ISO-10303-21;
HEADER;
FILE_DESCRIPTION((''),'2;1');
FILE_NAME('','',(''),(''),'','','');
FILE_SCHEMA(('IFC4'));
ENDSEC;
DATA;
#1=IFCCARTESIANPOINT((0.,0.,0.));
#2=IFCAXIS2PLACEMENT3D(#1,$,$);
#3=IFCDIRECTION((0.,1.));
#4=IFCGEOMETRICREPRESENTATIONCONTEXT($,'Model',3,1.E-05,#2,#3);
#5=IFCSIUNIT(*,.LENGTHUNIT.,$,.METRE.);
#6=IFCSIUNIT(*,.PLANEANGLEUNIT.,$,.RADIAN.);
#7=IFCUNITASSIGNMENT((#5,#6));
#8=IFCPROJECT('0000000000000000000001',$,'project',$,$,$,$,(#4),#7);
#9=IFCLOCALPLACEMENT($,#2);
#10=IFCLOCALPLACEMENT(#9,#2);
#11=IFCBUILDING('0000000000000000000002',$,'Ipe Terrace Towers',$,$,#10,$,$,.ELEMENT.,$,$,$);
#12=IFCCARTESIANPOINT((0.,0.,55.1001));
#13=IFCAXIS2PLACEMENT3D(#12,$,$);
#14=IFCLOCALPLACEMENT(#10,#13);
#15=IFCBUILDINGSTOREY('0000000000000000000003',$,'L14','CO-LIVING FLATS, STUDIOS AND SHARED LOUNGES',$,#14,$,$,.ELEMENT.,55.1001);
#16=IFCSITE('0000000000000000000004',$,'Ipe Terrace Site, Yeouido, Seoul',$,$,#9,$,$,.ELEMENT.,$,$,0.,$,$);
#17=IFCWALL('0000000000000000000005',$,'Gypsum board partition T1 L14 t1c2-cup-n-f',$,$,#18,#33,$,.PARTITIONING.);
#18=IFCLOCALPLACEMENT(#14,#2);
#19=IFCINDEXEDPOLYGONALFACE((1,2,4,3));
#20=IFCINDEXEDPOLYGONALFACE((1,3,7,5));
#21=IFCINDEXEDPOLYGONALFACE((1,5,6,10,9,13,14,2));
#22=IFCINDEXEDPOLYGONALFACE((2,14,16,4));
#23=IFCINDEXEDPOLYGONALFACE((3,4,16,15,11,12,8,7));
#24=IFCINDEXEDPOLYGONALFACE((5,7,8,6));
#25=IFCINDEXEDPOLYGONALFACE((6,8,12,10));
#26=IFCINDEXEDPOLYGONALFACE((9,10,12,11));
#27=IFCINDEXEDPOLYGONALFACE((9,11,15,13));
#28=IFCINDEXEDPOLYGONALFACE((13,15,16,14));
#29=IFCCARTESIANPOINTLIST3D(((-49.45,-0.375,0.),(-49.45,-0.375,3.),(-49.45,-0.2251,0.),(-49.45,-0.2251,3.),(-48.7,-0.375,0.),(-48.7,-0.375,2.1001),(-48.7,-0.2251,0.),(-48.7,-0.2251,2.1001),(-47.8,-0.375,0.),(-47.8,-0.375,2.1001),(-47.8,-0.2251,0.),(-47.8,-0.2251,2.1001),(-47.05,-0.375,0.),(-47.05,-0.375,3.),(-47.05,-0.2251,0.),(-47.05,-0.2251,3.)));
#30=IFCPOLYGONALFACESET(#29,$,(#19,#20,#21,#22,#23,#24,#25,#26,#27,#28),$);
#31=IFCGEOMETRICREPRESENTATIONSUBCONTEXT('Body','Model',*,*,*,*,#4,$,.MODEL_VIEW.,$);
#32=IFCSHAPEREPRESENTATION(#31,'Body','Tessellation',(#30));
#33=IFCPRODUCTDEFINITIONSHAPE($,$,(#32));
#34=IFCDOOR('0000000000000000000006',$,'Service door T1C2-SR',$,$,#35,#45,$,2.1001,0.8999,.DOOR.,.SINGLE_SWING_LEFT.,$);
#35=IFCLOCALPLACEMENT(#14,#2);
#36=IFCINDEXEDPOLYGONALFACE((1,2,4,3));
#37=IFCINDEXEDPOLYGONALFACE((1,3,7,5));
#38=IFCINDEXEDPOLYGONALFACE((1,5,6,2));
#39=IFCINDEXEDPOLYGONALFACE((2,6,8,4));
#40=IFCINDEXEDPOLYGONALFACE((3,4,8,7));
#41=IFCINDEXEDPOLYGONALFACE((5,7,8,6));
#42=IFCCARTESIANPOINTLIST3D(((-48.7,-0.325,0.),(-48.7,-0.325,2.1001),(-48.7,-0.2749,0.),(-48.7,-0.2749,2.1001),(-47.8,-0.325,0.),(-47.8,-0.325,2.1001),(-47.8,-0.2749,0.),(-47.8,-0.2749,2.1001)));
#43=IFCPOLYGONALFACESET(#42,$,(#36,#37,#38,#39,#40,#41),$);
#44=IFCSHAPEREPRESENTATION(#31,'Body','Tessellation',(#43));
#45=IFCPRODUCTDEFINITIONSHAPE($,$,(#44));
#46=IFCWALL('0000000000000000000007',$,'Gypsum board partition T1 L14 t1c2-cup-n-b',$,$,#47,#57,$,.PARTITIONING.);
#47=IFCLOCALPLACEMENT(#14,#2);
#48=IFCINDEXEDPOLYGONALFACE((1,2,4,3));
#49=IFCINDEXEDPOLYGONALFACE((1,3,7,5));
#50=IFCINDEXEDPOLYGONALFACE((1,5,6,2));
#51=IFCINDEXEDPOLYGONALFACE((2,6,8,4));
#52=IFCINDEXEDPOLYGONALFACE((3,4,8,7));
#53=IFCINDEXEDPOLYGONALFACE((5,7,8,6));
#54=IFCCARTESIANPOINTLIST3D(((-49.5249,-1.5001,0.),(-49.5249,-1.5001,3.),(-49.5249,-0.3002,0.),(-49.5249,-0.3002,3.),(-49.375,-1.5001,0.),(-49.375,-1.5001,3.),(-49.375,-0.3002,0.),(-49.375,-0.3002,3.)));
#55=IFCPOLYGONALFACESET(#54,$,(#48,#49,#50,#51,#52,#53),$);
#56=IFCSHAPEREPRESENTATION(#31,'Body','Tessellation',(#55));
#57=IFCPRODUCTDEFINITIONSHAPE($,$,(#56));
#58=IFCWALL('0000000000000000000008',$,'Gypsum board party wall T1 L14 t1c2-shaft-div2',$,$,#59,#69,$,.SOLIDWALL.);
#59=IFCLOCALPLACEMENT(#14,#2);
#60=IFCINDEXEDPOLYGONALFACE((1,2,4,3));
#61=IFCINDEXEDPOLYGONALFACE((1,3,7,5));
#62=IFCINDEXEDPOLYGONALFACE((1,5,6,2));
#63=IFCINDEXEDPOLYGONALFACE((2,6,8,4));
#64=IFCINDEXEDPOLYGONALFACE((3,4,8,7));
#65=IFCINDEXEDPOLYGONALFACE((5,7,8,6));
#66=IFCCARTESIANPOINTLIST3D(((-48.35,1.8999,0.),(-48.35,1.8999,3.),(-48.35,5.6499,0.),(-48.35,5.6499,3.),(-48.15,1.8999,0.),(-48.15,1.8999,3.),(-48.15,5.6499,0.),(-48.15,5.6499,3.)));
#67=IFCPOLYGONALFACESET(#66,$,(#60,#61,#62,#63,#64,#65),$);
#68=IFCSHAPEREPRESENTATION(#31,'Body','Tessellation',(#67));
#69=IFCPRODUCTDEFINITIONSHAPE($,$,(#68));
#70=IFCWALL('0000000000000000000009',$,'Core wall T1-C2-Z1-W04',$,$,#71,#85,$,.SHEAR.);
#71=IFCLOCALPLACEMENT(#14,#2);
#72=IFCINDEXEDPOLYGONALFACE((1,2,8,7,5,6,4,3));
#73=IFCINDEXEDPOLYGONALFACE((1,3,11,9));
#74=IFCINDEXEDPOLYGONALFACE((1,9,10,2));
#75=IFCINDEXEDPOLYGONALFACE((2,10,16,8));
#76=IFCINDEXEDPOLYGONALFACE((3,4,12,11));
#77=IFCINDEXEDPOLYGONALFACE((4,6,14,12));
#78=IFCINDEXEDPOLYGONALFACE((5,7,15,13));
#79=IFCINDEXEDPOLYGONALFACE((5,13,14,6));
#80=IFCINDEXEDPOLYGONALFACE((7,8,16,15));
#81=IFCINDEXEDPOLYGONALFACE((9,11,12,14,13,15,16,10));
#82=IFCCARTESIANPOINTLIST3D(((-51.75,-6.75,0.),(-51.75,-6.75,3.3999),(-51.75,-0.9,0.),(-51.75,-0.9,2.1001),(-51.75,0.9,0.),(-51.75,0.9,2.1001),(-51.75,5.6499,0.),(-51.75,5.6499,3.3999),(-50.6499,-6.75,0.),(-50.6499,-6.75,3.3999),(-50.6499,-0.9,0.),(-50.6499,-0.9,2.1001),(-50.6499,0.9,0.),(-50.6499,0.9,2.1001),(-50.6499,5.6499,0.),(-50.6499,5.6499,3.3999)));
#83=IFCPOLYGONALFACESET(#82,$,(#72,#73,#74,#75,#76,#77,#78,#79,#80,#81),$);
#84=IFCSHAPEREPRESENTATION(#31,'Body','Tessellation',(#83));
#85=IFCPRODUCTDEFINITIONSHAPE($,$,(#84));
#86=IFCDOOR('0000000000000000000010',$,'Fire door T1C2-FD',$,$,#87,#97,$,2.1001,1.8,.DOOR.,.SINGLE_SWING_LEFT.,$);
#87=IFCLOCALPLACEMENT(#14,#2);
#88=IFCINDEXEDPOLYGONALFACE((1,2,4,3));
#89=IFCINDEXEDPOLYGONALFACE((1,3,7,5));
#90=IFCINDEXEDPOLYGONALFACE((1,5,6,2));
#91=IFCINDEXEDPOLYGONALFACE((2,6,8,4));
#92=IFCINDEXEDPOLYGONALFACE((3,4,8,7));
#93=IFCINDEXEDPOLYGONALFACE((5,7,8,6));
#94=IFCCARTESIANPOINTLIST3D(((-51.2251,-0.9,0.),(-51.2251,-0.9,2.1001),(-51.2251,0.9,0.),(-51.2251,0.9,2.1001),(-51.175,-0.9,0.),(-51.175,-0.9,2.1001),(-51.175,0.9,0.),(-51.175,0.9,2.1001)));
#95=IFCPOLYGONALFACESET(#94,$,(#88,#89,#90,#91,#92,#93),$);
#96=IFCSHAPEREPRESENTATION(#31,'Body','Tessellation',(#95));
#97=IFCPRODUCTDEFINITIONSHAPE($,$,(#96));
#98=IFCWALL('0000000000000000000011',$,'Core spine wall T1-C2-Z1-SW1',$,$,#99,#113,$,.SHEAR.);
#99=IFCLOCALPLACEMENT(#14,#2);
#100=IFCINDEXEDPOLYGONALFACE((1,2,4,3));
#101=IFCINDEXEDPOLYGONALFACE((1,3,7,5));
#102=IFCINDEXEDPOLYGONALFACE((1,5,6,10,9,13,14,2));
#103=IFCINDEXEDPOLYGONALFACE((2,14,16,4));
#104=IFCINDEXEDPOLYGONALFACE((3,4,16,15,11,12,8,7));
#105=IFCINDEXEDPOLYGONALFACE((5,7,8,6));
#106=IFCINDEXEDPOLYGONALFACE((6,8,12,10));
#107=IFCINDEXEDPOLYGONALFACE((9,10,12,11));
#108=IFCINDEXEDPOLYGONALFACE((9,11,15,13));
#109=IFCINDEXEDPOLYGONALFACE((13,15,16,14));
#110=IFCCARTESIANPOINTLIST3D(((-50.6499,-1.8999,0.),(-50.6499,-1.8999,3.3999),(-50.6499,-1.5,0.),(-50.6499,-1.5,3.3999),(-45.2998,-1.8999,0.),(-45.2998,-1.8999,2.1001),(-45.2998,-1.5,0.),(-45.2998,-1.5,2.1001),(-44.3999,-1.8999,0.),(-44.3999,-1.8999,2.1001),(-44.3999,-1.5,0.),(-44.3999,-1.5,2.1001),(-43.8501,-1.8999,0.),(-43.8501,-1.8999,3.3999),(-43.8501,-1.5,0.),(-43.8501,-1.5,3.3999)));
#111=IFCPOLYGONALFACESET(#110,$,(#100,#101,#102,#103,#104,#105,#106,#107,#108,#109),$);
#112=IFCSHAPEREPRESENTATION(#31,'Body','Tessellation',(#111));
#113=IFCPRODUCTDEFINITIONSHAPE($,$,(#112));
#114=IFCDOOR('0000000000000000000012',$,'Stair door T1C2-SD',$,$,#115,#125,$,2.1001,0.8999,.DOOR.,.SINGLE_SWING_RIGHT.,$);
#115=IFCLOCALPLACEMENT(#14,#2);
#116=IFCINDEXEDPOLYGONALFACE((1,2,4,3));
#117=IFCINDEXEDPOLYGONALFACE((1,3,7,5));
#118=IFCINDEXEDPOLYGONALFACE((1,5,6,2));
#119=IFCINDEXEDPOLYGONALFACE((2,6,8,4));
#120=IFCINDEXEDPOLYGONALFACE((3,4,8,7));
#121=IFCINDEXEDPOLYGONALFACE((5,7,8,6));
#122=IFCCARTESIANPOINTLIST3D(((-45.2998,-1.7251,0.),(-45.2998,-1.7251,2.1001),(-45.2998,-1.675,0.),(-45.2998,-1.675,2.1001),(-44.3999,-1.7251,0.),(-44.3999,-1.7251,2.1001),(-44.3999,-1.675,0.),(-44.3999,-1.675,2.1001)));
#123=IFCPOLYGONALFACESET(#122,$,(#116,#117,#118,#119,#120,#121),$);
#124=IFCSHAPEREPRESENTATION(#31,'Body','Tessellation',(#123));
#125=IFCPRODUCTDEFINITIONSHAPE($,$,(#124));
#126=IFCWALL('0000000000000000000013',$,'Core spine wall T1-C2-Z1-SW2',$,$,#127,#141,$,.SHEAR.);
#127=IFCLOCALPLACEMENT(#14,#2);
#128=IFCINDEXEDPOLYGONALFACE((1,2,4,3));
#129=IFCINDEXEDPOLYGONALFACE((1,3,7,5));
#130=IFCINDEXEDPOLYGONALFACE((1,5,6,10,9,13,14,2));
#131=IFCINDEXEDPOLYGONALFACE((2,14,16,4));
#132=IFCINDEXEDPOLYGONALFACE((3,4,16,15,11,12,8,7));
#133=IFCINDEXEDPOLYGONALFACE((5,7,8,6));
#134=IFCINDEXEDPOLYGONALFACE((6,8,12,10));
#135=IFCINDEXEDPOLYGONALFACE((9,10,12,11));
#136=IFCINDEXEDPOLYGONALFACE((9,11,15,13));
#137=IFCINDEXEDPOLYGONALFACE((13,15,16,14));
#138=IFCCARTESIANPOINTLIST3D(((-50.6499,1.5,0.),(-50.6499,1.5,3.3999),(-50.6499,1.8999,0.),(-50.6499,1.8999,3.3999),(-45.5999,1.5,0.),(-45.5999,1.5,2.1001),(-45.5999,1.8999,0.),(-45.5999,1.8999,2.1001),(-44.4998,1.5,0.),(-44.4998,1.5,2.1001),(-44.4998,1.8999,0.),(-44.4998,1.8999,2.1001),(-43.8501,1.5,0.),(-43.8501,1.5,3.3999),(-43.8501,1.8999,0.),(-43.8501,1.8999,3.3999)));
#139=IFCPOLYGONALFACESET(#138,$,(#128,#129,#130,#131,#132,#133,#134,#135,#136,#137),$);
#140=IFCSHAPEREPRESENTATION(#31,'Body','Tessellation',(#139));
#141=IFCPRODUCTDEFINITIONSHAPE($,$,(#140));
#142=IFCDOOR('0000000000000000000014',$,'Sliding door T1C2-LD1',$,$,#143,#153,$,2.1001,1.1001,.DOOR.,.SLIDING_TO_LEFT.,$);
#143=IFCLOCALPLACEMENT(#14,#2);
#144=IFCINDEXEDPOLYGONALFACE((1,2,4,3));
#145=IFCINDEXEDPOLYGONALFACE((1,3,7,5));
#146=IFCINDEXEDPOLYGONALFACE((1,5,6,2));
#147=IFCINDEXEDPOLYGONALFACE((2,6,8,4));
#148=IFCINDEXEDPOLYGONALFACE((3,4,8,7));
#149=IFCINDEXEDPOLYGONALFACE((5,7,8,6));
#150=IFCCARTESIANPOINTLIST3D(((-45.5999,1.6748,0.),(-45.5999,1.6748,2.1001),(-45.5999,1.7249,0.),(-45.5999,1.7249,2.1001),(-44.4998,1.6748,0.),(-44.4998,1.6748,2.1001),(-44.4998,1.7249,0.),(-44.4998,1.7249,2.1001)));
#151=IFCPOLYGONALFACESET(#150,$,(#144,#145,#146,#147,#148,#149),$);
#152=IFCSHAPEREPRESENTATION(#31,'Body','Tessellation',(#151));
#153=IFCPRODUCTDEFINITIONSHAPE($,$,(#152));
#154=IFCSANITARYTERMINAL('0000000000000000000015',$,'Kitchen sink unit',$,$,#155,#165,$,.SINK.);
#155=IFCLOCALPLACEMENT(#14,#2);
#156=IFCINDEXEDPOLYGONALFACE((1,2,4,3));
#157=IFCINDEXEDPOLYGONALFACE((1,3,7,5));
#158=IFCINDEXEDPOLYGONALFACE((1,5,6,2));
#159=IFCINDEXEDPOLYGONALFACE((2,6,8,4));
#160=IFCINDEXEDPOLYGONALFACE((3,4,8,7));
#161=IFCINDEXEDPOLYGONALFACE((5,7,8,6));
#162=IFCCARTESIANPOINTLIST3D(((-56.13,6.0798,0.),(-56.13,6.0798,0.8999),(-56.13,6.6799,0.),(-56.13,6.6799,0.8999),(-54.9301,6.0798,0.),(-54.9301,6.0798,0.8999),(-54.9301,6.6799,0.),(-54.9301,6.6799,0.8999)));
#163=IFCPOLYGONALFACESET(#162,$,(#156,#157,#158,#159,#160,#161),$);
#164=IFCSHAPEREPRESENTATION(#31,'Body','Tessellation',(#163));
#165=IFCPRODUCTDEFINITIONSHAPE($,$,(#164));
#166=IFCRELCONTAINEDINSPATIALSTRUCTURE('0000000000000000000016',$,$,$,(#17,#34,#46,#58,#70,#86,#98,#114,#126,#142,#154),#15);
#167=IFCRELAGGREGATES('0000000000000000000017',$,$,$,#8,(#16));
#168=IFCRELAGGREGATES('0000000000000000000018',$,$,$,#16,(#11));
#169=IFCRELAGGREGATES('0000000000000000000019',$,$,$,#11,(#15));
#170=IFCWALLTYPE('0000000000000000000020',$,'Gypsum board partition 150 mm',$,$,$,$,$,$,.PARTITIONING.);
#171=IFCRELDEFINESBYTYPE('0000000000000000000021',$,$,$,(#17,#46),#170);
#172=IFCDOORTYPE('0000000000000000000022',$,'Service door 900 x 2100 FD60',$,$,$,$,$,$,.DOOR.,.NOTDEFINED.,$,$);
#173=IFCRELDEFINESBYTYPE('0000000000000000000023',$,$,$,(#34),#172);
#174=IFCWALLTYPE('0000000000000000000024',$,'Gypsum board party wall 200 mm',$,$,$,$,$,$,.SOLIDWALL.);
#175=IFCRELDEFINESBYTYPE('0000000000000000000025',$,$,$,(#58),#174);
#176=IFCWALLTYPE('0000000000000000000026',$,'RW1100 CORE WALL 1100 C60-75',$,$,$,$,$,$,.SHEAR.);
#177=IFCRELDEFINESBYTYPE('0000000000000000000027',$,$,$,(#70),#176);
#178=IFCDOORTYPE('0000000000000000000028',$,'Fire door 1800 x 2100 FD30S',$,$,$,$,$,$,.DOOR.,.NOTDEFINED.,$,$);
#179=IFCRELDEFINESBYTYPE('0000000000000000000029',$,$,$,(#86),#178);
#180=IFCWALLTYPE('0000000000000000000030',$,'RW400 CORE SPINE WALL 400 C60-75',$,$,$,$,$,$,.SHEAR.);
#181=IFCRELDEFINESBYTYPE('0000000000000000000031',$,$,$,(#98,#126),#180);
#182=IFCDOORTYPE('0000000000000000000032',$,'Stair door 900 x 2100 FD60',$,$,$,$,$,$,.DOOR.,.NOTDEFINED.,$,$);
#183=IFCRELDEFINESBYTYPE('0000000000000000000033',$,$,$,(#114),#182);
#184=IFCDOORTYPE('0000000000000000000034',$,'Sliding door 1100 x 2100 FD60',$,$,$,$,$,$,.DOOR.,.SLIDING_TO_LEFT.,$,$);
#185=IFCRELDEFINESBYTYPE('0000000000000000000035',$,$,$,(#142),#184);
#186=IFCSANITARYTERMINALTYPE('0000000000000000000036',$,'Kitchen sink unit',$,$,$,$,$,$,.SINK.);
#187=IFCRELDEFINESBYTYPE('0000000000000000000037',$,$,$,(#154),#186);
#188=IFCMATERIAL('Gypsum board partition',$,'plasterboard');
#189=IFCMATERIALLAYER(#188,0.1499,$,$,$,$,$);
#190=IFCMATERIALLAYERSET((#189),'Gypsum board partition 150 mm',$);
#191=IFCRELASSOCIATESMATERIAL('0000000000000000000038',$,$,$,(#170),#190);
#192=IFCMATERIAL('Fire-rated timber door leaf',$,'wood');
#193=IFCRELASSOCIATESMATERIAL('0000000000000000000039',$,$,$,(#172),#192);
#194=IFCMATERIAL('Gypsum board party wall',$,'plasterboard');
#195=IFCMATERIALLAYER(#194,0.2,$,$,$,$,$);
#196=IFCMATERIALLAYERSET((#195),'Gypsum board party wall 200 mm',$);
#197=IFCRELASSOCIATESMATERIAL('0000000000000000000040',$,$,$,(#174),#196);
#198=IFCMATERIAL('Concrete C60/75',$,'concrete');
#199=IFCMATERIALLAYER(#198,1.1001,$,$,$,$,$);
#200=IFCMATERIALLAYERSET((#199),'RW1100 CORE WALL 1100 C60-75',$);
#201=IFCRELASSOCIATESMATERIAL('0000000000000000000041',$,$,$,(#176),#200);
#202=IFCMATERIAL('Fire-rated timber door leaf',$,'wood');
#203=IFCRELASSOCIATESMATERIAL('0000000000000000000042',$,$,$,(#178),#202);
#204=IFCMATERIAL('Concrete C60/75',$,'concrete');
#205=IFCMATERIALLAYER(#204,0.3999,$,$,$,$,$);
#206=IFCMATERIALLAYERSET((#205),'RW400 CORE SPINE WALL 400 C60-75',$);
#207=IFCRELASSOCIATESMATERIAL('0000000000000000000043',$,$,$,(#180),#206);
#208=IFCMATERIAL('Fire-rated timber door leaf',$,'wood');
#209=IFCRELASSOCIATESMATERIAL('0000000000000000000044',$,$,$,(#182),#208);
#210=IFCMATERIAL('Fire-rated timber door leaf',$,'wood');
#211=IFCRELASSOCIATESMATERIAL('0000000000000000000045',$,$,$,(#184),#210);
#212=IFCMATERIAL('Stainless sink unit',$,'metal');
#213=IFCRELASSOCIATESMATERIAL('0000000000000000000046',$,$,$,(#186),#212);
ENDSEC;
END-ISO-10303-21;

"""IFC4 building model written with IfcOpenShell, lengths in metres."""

from ifc_helpers import new_model, si_unit, direction, frame, frame_2d, origin, origin_2d, place, context, subcontext, project, spatial, rectangle, extrude, material, layer, layer_set, type_object, element, fill, save


model = new_model("IFC4")

# Units and contexts
model_context = context("Model", 3, precision=1e-05, world=origin(), true_north=direction((0.0, 1.0)))
body_context = subcontext(model_context, "Body", "Model", "MODEL_VIEW")
ifc_project = project(units=[si_unit("LENGTHUNIT", "METRE"), si_unit("PLANEANGLEUNIT", "RADIAN")], contexts=[model_context])

# Site, building, storey
site_placement = place(None, origin())
site = spatial("IfcSite", under=ifc_project, at=site_placement, Name="Ipe Terrace Site, Yeouido, Seoul", CompositionType="ELEMENT", RefElevation=0.0)
building_placement = place(site_placement, origin())
building = spatial("IfcBuilding", under=site, at=building_placement, Name="Ipe Terrace Towers", CompositionType="ELEMENT")
storey_placement = place(building_placement, frame((0.0, 0.0, 55.1001)))
storey = spatial("IfcBuildingStorey", under=building, at=storey_placement, Name="L14", Description="CO-LIVING FLATS, STUDIOS AND SHARED LOUNGES", CompositionType="ELEMENT", Elevation=55.1001)

# Wall, opening, door
ifc_material_1 = material(Name="Gypsum board partition", Category="plasterboard")
ifc_layer_1 = layer(ifc_material_1, 0.1499)
ifc_layer_set_1 = layer_set([ifc_layer_1], Name="Gypsum board partition 150 mm")
wall_type_1 = type_object("IfcWallType", Name="Gypsum board partition 150 mm", PredefinedType="PARTITIONING", material=ifc_layer_set_1)
wall_1_placement = place(storey_placement, frame((-47.05, -0.3, 0.0), z_axis=(0.0, 0.0, 1.0), x_axis=(-1.0, 0.0, 0.0)))
wall_1 = element("IfcWall", 1, at=wall_1_placement, inside=storey, type_object=wall_type_1, Name="Gypsum board partition T1 L14 t1c2-cup-n-f", PredefinedType="PARTITIONING", context=body_context, shape_type="SweptSolid", body=[
    extrude(rectangle(XDim=2.3999, YDim=0.1499, at=frame_2d((1.2, 0.0))), origin(), (0.0, 0.0, 1.0), 3.0),
])
opening_1_placement = place(wall_1_placement, frame((0.75, 0.0, 0.0)))
opening_1 = element("IfcOpeningElement", 2, at=opening_1_placement, cuts=wall_1, PredefinedType="OPENING", context=body_context, shape_type="SweptSolid", body=[
    extrude(rectangle(XDim=0.8999, YDim=2.1001, at=frame_2d((0.45, 1.05))), frame((0.0, 0.085, 0.0), z_axis=(0.0, -1.0, 0.0), x_axis=(1.0, 0.0, 0.0)), (0.0, 0.0, 1.0), 0.1699),
])
ifc_material_2 = material(Name="Fire-rated timber door leaf", Category="wood")
door_type_1 = type_object("IfcDoorType", Name="Service door 900 x 2100 FD60", OperationType="NOTDEFINED", PredefinedType="DOOR", material=ifc_material_2)
door_1_placement = place(opening_1_placement, origin())
door_1 = element("IfcDoor", 3, at=door_1_placement, inside=storey, type_object=door_type_1, Name="Service door T1C2-SR", OperationType="SINGLE_SWING_LEFT", OverallHeight=2.1001, OverallWidth=0.8999, PredefinedType="DOOR", context=body_context, shape_type="SweptSolid", body=[
    extrude(rectangle(XDim=0.8999, YDim=2.1001, at=frame_2d((0.45, 1.05))), frame((0.0, 0.0249, 0.0), z_axis=(0.0, -1.0, 0.0), x_axis=(1.0, 0.0, 0.0)), (0.0, 0.0, 1.0), 0.05),
])
fill(opening_1, door_1)

# Walls
wall_2_placement = place(storey_placement, frame((-49.45, -0.3, 0.0), z_axis=(0.0, 0.0, 1.0), x_axis=(0.0, -1.0, 0.0)))
element("IfcWall", 4, at=wall_2_placement, inside=storey, type_object=wall_type_1, Name="Gypsum board partition T1 L14 t1c2-cup-n-b", PredefinedType="PARTITIONING", context=body_context, shape_type="SweptSolid", body=[
    extrude(rectangle(XDim=1.2, YDim=0.1499, at=frame_2d((0.6001, 0.0))), origin(), (0.0, 0.0, 1.0), 3.0),
])
ifc_material_3 = material(Name="Gypsum board party wall", Category="plasterboard")
ifc_layer_2 = layer(ifc_material_3, 0.2)
ifc_layer_set_2 = layer_set([ifc_layer_2], Name="Gypsum board party wall 200 mm")
wall_type_2 = type_object("IfcWallType", Name="Gypsum board party wall 200 mm", PredefinedType="SOLIDWALL", material=ifc_layer_set_2)
wall_3_placement = place(storey_placement, frame((-48.25, 5.6499, 0.0), z_axis=(0.0, 0.0, 1.0), x_axis=(0.0, -1.0, 0.0)))
element("IfcWall", 5, at=wall_3_placement, inside=storey, type_object=wall_type_2, Name="Gypsum board party wall T1 L14 t1c2-shaft-div2", PredefinedType="SOLIDWALL", context=body_context, shape_type="SweptSolid", body=[
    extrude(rectangle(XDim=3.75, YDim=0.2, at=frame_2d((1.875, 0.0))), origin(), (0.0, 0.0, 1.0), 3.0),
])

# Walls, openings, doors
ifc_material_4 = material(Name="Concrete C60/75", Category="concrete")
ifc_layer_3 = layer(ifc_material_4, 1.1001)
ifc_layer_set_3 = layer_set([ifc_layer_3], Name="RW1100 CORE WALL 1100 C60-75")
wall_type_3 = type_object("IfcWallType", Name="RW1100 CORE WALL 1100 C60-75", PredefinedType="SHEAR", material=ifc_layer_set_3)
wall_4_placement = place(storey_placement, frame((-51.2, 5.6499, 0.0), z_axis=(0.0, 0.0, 1.0), x_axis=(0.0, -1.0, 0.0)))
wall_4 = element("IfcWall", 6, at=wall_4_placement, inside=storey, type_object=wall_type_3, Name="Core wall T1-C2-Z1-W04", PredefinedType="SHEAR", context=body_context, shape_type="SweptSolid", body=[
    extrude(rectangle(XDim=12.3999, YDim=1.1001, at=frame_2d((6.2, 0.0))), origin(), (0.0, 0.0, 1.0), 3.3999),
])
opening_2_placement = place(wall_4_placement, frame((4.75, 0.0, 0.0)))
opening_2 = element("IfcOpeningElement", 7, at=opening_2_placement, cuts=wall_4, PredefinedType="OPENING", context=body_context, shape_type="SweptSolid", body=[
    extrude(rectangle(XDim=1.8, YDim=2.1001, at=frame_2d((0.8999, 1.05))), frame((0.0, 0.5601, 0.0), z_axis=(0.0, -1.0, 0.0), x_axis=(1.0, 0.0, 0.0)), (0.0, 0.0, 1.0), 1.1201),
])
ifc_material_5 = material(Name="Fire-rated timber door leaf", Category="wood")
door_type_2 = type_object("IfcDoorType", Name="Fire door 1800 x 2100 FD30S", OperationType="NOTDEFINED", PredefinedType="DOOR", material=ifc_material_5)
door_2_placement = place(opening_2_placement, origin())
door_2 = element("IfcDoor", 8, at=door_2_placement, inside=storey, type_object=door_type_2, Name="Fire door T1C2-FD", OperationType="SINGLE_SWING_LEFT", OverallHeight=2.1001, OverallWidth=1.8, PredefinedType="DOOR", context=body_context, shape_type="SweptSolid", body=[
    extrude(rectangle(XDim=1.8, YDim=2.1001, at=frame_2d((0.8999, 1.05))), frame((0.0, 0.0249, 0.0), z_axis=(0.0, -1.0, 0.0), x_axis=(1.0, 0.0, 0.0)), (0.0, 0.0, 1.0), 0.05),
])
fill(opening_2, door_2)
ifc_material_6 = material(Name="Concrete C60/75", Category="concrete")
ifc_layer_4 = layer(ifc_material_6, 0.3999)
ifc_layer_set_4 = layer_set([ifc_layer_4], Name="RW400 CORE SPINE WALL 400 C60-75")
wall_type_4 = type_object("IfcWallType", Name="RW400 CORE SPINE WALL 400 C60-75", PredefinedType="SHEAR", material=ifc_layer_set_4)
wall_5_placement = place(storey_placement, frame((-50.6499, -1.7, 0.0), z_axis=(0.0, 0.0, 1.0), x_axis=(1.0, 0.0, 0.0)))
wall_5 = element("IfcWall", 9, at=wall_5_placement, inside=storey, type_object=wall_type_4, Name="Core spine wall T1-C2-Z1-SW1", PredefinedType="SHEAR", context=body_context, shape_type="SweptSolid", body=[
    extrude(rectangle(XDim=6.7998, YDim=0.3999, at=frame_2d((3.3999, 0.0))), origin(), (0.0, 0.0, 1.0), 3.3999),
])
opening_3_placement = place(wall_5_placement, frame((5.3501, 0.0, 0.0)))
opening_3 = element("IfcOpeningElement", 10, at=opening_3_placement, cuts=wall_5, PredefinedType="OPENING", context=body_context, shape_type="SweptSolid", body=[
    extrude(rectangle(XDim=0.8999, YDim=2.1001, at=frame_2d((0.45, 1.05))), frame((0.0, 0.21, 0.0), z_axis=(0.0, -1.0, 0.0), x_axis=(1.0, 0.0, 0.0)), (0.0, 0.0, 1.0), 0.4199),
])
ifc_material_7 = material(Name="Fire-rated timber door leaf", Category="wood")
door_type_3 = type_object("IfcDoorType", Name="Stair door 900 x 2100 FD60", OperationType="NOTDEFINED", PredefinedType="DOOR", material=ifc_material_7)
door_3_placement = place(opening_3_placement, origin())
door_3 = element("IfcDoor", 11, at=door_3_placement, inside=storey, type_object=door_type_3, Name="Stair door T1C2-SD", OperationType="SINGLE_SWING_RIGHT", OverallHeight=2.1001, OverallWidth=0.8999, PredefinedType="DOOR", context=body_context, shape_type="SweptSolid", body=[
    extrude(rectangle(XDim=0.8999, YDim=2.1001, at=frame_2d((0.45, 1.05))), frame((0.0, 0.0249, 0.0), z_axis=(0.0, -1.0, 0.0), x_axis=(1.0, 0.0, 0.0)), (0.0, 0.0, 1.0), 0.05),
])
fill(opening_3, door_3)
wall_6_placement = place(storey_placement, frame((-50.6499, 1.7, 0.0), z_axis=(0.0, 0.0, 1.0), x_axis=(1.0, 0.0, 0.0)))
wall_6 = element("IfcWall", 12, at=wall_6_placement, inside=storey, type_object=wall_type_4, Name="Core spine wall T1-C2-Z1-SW2", PredefinedType="SHEAR", context=body_context, shape_type="SweptSolid", body=[
    extrude(rectangle(XDim=6.7998, YDim=0.3999, at=frame_2d((3.3999, 0.0))), origin(), (0.0, 0.0, 1.0), 3.3999),
])
opening_4_placement = place(wall_6_placement, frame((5.05, 0.0, 0.0)))
opening_4 = element("IfcOpeningElement", 13, at=opening_4_placement, cuts=wall_6, PredefinedType="OPENING", context=body_context, shape_type="SweptSolid", body=[
    extrude(rectangle(XDim=1.1001, YDim=2.1001, at=frame_2d((0.55, 1.05))), frame((0.0, 0.21, 0.0), z_axis=(0.0, -1.0, 0.0), x_axis=(1.0, 0.0, 0.0)), (0.0, 0.0, 1.0), 0.4199),
])
ifc_material_8 = material(Name="Fire-rated timber door leaf", Category="wood")
door_type_4 = type_object("IfcDoorType", Name="Sliding door 1100 x 2100 FD60", OperationType="SLIDING_TO_LEFT", PredefinedType="DOOR", material=ifc_material_8)
door_4_placement = place(opening_4_placement, origin())
door_4 = element("IfcDoor", 14, at=door_4_placement, inside=storey, type_object=door_type_4, Name="Sliding door T1C2-LD1", OperationType="SLIDING_TO_LEFT", OverallHeight=2.1001, OverallWidth=1.1001, PredefinedType="DOOR", context=body_context, shape_type="SweptSolid", body=[
    extrude(rectangle(XDim=1.1001, YDim=2.1001, at=frame_2d((0.55, 1.05))), frame((0.0, 0.0249, 0.0), z_axis=(0.0, -1.0, 0.0), x_axis=(1.0, 0.0, 0.0)), (0.0, 0.0, 1.0), 0.05),
])
fill(opening_4, door_4)

# Sanitary terminal
ifc_material_9 = material(Name="Stainless sink unit", Category="metal")
sanitary_terminal_type_1 = type_object("IfcSanitaryTerminalType", Name="Kitchen sink unit", PredefinedType="SINK", material=ifc_material_9)
sanitary_terminal_1_placement = place(storey_placement, frame((-55.53, 6.3799, 0.0), z_axis=(0.0, 0.0, 1.0), x_axis=(1.0, 0.0, 0.0)))
element("IfcSanitaryTerminal", 15, at=sanitary_terminal_1_placement, inside=storey, type_object=sanitary_terminal_type_1, Name="Kitchen sink unit", PredefinedType="SINK", context=body_context, shape_type="SweptSolid", body=[
    extrude(rectangle(XDim=1.2, YDim=0.6001, at=origin_2d()), origin(), (0.0, 0.0, 1.0), 0.8999),
])

save(model, "model.ifc")
